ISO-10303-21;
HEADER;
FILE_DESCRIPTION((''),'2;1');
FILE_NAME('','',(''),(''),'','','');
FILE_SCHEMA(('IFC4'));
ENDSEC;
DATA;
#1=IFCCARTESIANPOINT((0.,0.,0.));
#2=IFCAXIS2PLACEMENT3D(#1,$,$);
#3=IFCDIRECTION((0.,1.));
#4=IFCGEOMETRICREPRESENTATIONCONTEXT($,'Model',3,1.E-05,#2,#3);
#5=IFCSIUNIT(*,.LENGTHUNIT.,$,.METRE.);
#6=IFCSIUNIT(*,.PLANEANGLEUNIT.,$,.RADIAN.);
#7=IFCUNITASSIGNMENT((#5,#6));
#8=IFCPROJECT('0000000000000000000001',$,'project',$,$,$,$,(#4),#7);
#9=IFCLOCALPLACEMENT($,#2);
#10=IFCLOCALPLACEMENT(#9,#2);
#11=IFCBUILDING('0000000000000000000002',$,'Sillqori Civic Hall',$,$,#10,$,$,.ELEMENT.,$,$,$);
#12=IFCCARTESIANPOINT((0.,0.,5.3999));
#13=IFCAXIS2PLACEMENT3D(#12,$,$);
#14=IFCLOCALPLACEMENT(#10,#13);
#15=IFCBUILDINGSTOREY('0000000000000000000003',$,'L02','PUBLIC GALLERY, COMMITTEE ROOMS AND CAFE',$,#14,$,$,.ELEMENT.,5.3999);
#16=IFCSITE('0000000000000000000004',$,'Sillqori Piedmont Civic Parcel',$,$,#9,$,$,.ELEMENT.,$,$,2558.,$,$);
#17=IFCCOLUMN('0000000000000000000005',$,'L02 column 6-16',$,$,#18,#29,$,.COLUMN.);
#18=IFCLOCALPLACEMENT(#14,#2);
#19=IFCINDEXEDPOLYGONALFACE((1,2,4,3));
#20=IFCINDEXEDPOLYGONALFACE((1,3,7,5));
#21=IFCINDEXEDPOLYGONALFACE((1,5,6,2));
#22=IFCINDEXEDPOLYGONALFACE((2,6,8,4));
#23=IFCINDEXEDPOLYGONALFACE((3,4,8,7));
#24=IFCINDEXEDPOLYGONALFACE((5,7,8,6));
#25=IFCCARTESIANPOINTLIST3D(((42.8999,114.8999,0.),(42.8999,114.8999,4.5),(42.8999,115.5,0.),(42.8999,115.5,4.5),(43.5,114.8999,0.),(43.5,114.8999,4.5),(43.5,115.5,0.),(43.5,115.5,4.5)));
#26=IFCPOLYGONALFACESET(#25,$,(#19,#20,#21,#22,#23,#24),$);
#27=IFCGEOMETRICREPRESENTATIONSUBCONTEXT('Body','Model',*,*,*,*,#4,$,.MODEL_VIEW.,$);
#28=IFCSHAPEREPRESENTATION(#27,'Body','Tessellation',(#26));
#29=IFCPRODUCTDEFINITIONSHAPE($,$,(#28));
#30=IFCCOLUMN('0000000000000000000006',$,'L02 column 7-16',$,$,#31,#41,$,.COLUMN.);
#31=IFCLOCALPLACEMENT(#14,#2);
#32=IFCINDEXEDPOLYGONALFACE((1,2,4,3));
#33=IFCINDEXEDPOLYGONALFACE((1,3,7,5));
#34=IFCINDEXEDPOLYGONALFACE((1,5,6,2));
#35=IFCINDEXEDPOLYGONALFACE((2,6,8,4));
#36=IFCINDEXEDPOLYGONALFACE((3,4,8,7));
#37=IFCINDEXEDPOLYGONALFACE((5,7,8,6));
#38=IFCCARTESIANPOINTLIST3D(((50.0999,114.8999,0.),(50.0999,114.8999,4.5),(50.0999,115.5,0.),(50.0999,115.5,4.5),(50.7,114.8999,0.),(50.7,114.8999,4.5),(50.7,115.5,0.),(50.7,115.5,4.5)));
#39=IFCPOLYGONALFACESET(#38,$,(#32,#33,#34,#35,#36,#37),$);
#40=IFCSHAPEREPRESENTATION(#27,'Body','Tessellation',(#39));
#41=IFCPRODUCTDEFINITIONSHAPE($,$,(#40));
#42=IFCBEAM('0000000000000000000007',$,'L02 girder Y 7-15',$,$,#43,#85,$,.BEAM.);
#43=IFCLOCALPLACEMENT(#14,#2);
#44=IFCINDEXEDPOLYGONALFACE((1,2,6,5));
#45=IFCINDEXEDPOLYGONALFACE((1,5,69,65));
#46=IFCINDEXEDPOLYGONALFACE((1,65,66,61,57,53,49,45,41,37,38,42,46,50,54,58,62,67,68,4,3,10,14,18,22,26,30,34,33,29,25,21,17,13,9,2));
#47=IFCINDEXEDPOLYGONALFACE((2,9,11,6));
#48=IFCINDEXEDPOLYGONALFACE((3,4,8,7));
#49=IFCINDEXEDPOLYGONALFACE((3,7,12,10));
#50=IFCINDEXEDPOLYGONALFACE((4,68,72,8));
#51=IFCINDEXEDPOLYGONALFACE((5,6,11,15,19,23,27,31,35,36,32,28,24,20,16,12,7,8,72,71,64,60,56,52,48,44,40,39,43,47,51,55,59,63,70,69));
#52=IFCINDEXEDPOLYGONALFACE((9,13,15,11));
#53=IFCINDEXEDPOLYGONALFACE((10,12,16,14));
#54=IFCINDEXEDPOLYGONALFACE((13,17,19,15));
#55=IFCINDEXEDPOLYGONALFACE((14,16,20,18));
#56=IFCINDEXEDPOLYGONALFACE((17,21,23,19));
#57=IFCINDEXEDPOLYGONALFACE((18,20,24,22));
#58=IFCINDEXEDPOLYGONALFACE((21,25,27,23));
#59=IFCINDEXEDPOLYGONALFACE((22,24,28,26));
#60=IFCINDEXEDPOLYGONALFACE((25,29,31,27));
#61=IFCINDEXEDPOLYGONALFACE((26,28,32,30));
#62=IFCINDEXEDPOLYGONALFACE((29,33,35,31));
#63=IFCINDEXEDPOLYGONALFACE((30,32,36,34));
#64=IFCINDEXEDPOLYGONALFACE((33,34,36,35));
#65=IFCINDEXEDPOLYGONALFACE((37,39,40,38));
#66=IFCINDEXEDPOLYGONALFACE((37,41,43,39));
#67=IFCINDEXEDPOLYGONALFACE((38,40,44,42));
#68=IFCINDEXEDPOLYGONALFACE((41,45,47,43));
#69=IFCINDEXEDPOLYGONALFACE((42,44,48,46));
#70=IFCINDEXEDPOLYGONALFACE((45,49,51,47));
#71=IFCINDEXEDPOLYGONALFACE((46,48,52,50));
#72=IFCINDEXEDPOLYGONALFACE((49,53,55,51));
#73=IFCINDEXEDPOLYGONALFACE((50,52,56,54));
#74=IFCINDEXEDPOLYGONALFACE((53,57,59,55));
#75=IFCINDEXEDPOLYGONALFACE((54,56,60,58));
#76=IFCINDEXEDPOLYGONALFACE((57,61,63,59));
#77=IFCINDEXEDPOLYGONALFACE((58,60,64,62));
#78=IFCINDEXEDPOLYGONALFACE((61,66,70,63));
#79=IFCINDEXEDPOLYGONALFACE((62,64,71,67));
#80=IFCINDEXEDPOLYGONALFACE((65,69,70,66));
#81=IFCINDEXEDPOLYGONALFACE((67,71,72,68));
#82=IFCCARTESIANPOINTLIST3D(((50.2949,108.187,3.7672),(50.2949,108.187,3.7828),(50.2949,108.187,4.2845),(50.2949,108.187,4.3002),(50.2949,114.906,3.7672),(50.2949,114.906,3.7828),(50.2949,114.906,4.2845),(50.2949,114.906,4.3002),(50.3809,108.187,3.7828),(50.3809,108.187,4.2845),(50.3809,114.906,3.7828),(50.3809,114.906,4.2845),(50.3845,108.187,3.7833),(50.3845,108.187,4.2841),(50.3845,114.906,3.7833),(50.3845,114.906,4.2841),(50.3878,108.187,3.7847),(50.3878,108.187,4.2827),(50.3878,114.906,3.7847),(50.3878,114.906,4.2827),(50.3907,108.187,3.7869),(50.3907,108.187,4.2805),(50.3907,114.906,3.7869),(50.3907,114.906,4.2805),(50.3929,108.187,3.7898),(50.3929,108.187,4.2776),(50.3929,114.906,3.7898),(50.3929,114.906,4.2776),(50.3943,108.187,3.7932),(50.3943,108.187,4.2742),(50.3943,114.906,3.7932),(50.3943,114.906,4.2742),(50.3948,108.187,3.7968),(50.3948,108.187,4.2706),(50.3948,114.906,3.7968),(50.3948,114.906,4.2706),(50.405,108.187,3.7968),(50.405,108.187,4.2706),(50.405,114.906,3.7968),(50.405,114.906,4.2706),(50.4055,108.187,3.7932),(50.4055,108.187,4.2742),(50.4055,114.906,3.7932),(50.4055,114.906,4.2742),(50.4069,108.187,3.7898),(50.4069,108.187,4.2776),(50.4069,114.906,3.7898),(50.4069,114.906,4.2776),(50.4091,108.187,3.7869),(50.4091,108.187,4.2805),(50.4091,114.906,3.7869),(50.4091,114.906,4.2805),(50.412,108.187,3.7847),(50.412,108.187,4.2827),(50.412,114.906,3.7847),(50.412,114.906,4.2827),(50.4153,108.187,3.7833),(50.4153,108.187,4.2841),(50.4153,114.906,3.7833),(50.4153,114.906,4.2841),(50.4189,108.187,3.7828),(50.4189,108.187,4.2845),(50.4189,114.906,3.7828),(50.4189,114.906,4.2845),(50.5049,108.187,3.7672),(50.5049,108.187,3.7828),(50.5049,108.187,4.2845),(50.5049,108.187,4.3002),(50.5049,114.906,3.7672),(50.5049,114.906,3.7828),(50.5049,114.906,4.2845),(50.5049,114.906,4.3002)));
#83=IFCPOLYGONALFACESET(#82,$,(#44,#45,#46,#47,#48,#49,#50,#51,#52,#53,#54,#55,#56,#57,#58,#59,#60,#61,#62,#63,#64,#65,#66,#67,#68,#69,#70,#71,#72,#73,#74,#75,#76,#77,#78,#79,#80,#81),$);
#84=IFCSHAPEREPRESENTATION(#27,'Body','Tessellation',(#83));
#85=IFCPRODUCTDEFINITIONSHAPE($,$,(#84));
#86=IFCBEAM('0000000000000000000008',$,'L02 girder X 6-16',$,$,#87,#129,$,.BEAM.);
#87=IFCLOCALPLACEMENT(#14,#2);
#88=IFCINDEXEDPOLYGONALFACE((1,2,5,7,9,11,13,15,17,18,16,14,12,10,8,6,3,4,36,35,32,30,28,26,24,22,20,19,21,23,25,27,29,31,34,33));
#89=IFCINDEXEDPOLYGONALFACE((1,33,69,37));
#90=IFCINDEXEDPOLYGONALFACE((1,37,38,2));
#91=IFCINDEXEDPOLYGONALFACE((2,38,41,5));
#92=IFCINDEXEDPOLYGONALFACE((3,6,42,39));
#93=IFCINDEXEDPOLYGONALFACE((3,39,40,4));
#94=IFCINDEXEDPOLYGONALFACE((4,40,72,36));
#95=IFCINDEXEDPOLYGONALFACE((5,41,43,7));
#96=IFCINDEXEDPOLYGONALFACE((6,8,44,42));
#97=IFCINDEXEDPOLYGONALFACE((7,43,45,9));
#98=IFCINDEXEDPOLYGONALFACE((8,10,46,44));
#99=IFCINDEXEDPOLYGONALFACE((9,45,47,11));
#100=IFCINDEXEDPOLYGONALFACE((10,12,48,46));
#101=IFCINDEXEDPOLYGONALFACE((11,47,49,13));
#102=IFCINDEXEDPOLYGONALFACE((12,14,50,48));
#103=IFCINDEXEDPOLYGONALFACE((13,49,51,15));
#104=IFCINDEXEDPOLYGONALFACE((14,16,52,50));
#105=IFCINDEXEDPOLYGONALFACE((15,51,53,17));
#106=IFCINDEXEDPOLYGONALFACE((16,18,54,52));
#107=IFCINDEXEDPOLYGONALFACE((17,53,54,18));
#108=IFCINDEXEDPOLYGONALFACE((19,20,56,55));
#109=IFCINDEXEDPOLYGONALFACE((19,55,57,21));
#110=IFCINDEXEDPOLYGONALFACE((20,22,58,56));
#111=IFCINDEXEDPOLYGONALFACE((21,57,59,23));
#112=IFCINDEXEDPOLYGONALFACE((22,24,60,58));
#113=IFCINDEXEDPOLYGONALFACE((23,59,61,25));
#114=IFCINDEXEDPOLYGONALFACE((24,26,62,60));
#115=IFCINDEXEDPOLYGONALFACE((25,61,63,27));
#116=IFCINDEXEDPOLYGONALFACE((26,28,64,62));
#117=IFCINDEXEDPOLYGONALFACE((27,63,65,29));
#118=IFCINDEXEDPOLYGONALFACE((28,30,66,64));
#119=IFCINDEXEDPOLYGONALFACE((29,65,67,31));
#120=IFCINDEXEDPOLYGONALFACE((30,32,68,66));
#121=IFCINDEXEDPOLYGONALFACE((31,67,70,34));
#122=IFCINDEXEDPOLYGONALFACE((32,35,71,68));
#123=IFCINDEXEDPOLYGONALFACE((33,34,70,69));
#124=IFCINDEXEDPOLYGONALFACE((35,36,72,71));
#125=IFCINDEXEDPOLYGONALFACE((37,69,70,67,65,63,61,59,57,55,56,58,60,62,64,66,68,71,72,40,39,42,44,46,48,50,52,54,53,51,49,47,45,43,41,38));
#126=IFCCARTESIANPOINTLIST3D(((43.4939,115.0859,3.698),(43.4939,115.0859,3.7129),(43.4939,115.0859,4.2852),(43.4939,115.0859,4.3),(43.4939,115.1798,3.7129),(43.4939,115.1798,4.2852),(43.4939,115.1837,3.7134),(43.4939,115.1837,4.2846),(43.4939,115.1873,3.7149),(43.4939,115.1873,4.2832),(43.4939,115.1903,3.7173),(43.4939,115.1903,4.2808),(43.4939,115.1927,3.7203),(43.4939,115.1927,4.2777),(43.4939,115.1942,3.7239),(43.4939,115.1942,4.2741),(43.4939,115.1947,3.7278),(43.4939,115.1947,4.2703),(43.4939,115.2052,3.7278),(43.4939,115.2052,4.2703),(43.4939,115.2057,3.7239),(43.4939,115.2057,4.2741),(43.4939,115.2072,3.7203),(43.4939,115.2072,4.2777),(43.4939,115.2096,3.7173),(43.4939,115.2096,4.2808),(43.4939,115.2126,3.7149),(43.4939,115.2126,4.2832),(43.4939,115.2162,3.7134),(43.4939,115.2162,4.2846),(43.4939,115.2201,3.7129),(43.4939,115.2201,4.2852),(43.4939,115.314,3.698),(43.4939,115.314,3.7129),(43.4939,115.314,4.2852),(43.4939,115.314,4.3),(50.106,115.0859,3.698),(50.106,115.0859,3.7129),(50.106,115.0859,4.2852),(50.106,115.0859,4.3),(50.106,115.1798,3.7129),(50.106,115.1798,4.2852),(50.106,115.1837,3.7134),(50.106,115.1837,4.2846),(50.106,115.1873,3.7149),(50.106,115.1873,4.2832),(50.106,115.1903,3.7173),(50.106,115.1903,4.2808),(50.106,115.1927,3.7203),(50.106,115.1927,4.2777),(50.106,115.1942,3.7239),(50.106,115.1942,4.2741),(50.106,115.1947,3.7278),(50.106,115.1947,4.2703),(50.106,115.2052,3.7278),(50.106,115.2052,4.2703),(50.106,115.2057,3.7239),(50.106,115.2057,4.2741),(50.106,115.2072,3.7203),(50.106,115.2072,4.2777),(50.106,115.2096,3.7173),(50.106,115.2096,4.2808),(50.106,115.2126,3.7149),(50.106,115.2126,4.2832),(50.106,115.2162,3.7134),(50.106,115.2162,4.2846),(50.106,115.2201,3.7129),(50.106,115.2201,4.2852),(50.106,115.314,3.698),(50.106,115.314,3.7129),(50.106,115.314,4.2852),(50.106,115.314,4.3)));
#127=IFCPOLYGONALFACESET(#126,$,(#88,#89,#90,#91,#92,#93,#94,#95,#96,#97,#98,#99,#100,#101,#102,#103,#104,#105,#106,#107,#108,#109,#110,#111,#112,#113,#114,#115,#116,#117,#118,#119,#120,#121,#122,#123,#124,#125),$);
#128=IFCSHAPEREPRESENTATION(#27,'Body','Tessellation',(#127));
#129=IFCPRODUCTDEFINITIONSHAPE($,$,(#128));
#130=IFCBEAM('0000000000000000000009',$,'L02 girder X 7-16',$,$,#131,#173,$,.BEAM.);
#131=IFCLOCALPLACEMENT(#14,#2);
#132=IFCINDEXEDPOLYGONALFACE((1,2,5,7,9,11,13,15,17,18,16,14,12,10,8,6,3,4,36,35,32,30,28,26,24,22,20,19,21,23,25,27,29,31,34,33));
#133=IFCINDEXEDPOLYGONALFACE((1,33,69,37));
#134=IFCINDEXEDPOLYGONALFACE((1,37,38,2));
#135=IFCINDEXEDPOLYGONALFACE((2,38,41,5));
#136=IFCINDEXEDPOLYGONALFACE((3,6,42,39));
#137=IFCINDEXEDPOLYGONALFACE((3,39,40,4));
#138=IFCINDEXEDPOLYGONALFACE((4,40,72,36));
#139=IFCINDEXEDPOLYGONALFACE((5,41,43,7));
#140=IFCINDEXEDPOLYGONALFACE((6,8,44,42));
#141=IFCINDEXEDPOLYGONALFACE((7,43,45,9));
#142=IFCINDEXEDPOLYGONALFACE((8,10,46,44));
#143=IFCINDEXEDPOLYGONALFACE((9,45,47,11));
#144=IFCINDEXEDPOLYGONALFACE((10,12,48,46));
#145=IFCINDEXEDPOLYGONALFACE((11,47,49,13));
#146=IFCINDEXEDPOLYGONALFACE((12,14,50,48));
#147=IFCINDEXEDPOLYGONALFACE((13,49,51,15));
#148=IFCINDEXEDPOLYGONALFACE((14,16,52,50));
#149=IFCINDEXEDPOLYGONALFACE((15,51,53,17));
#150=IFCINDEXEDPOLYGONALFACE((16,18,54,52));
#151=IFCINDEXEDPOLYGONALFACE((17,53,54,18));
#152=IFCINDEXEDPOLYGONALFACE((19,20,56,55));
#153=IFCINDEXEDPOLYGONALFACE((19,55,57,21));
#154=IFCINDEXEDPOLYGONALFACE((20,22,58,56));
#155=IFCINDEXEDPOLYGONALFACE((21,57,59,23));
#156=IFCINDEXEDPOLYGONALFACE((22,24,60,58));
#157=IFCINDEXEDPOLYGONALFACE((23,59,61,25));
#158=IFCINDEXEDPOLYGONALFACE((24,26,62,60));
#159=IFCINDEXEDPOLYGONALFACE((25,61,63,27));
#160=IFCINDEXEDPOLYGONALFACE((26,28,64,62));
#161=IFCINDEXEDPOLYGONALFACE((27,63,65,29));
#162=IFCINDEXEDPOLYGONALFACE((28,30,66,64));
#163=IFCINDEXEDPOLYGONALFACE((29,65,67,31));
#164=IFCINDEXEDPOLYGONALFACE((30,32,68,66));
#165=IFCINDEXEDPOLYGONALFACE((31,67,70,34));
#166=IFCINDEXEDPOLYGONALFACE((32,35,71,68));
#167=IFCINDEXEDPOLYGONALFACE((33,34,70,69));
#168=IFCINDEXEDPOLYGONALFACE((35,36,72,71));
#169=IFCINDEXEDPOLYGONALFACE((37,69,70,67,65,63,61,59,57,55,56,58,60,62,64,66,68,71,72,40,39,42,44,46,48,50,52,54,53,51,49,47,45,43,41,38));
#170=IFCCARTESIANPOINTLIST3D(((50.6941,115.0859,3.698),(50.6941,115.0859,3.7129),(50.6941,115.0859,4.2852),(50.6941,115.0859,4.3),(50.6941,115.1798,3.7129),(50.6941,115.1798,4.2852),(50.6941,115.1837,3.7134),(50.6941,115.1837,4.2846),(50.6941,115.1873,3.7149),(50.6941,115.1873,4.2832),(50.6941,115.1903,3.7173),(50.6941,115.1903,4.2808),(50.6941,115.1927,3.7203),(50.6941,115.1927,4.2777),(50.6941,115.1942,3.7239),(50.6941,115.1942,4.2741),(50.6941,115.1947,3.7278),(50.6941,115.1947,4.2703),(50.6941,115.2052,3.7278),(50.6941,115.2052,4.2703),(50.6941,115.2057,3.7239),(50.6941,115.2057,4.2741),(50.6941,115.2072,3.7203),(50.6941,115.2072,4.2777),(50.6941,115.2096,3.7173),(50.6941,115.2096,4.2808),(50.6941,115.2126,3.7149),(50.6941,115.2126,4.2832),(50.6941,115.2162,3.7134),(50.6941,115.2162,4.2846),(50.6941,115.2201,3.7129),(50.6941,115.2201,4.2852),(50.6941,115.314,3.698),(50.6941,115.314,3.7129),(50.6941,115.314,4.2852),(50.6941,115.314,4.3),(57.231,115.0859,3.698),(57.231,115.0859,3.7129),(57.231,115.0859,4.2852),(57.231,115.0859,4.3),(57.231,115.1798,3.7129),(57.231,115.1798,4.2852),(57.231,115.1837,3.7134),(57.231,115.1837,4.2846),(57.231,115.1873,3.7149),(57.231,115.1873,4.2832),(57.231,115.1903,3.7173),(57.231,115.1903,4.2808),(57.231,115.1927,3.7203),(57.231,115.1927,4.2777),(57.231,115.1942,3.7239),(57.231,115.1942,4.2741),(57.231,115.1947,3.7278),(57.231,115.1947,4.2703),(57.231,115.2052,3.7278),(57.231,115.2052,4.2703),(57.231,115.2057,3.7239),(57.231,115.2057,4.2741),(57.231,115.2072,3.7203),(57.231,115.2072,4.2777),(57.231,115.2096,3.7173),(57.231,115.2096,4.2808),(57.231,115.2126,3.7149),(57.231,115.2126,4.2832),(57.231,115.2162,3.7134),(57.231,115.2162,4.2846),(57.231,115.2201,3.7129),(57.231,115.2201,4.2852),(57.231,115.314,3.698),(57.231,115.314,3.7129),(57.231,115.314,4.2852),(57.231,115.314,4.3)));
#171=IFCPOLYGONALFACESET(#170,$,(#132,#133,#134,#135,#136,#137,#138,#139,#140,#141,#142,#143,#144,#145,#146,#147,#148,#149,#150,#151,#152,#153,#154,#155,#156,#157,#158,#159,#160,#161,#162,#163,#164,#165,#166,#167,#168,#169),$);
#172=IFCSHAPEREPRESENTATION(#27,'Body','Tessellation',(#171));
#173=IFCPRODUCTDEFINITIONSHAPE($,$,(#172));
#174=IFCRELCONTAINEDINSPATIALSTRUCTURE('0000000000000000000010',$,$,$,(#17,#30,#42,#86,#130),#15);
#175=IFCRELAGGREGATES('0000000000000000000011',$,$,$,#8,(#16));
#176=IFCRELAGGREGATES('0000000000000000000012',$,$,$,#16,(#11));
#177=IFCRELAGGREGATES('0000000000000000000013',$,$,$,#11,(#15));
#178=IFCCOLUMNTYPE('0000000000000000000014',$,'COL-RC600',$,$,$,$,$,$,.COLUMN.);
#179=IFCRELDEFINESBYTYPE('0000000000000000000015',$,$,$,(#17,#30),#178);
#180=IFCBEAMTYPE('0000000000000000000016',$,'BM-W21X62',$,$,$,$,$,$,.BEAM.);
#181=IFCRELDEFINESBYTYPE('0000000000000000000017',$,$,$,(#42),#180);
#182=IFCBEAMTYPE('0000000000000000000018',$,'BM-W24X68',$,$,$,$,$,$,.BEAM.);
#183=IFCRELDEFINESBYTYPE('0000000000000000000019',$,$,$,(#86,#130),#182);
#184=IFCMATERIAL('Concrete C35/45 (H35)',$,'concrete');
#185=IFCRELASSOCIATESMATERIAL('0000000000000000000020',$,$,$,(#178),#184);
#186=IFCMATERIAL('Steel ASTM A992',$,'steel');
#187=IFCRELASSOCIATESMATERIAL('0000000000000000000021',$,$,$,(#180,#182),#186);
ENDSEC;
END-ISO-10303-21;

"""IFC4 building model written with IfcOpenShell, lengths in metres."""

from ifc_helpers import new_model, si_unit, direction, frame, origin, origin_2d, place, context, subcontext, project, spatial, rectangle, i_section, extrude, material, material_profile, profile_set, type_object, element, save


model = new_model("IFC4")

# Units and contexts
model_context = context("Model", 3, precision=1e-05, world=origin(), true_north=direction((0.0, 1.0)))
body_context = subcontext(model_context, "Body", "Model", "MODEL_VIEW")
ifc_project = project(units=[si_unit("LENGTHUNIT", "METRE"), si_unit("PLANEANGLEUNIT", "RADIAN")], contexts=[model_context])

# Site, building, storey
site_placement = place(None, origin())
site = spatial("IfcSite", under=ifc_project, at=site_placement, Name="Sillqori Piedmont Civic Parcel", CompositionType="ELEMENT", RefElevation=2558.0)
building_placement = place(site_placement, origin())
building = spatial("IfcBuilding", under=site, at=building_placement, Name="Sillqori Civic Hall", CompositionType="ELEMENT")
storey_placement = place(building_placement, frame((0.0, 0.0, 5.3999)))
storey = spatial("IfcBuildingStorey", under=building, at=storey_placement, Name="L02", Description="PUBLIC GALLERY, COMMITTEE ROOMS AND CAFE", CompositionType="ELEMENT", Elevation=5.3999)

# Columns
ifc_material_1 = material(Name="Concrete C35/45 (H35)", Category="concrete")
ifc_material_profile_1 = material_profile(ifc_material_1, rectangle(XDim=0.6001, YDim=0.6001, at=origin_2d()), Name="RC 600x600")
ifc_profile_set_1 = profile_set([ifc_material_profile_1], Name="Concrete C35/45 (H35)")
column_type = type_object("IfcColumnType", Name="COL-RC600", PredefinedType="COLUMN", material=ifc_profile_set_1)
for number, where, z_axis, x_axis, name in (
    (1, (43.2, 115.2, 0.0), (0.0, 0.0, 1.0), (1.0, 0.0, 0.0), "L02 column 6-16"),
    (2, (50.3999, 115.2, 0.0), (0.0, 0.0, 1.0), (1.0, 0.0, 0.0), "L02 column 7-16"),
):
    element("IfcColumn", number, at=place(storey_placement, frame(where, z_axis=z_axis, x_axis=x_axis)), inside=storey, type_object=column_type, Name=name, PredefinedType="COLUMN", context=body_context, shape_type="SweptSolid", body=[
        extrude(rectangle(XDim=0.6001, YDim=0.6001, at=origin_2d()), origin(), (0.0, 0.0, 1.0), 4.5),
    ])

# Beams
ifc_material_2 = material(Name="Steel ASTM A992", Category="steel")
ifc_material_profile_2 = material_profile(ifc_material_2, i_section(OverallWidth=0.21, OverallDepth=0.533, WebThickness=0.0103, FlangeThickness=0.0156, FilletRadius=0.0139, at=origin_2d()), Name="W21X62")
ifc_profile_set_2 = profile_set([ifc_material_profile_2], Name="Steel ASTM A992")
beam_type_1 = type_object("IfcBeamType", Name="BM-W21X62", PredefinedType="BEAM", material=ifc_profile_set_2)
beam_1_placement = place(storey_placement, frame((50.3999, 108.187, 4.0337), z_axis=(0.0, 1.0, 0.0), x_axis=(-1.0, 0.0, 0.0)))
element("IfcBeam", 3, at=beam_1_placement, inside=storey, type_object=beam_type_1, Name="L02 girder Y 7-15", PredefinedType="BEAM", context=body_context, shape_type="SweptSolid", body=[
    extrude(i_section(OverallWidth=0.21, OverallDepth=0.533, WebThickness=0.0103, FlangeThickness=0.0156, FilletRadius=0.0139, at=origin_2d()), origin(), (0.0, 0.0, 1.0), 6.719),
])
ifc_material_profile_3 = material_profile(ifc_material_2, i_section(OverallWidth=0.228, OverallDepth=0.6021, WebThickness=0.0105, FlangeThickness=0.0149, FilletRadius=0.0149, at=origin_2d()), Name="W24X68")
ifc_profile_set_3 = profile_set([ifc_material_profile_3], Name="Steel ASTM A992")
beam_type_2 = type_object("IfcBeamType", Name="BM-W24X68", PredefinedType="BEAM", material=ifc_profile_set_3)
beam_2_placement = place(storey_placement, frame((43.4939, 115.2, 3.999), z_axis=(1.0, 0.0, 0.0), x_axis=(0.0, 1.0, 0.0)))
element("IfcBeam", 4, at=beam_2_placement, inside=storey, type_object=beam_type_2, Name="L02 girder X 6-16", PredefinedType="BEAM", context=body_context, shape_type="SweptSolid", body=[
    extrude(i_section(OverallWidth=0.228, OverallDepth=0.6021, WebThickness=0.0105, FlangeThickness=0.0149, FilletRadius=0.0149, at=origin_2d()), origin(), (0.0, 0.0, 1.0), 6.6121),
])
beam_3_placement = place(storey_placement, frame((50.6941, 115.2, 3.999), z_axis=(1.0, 0.0, 0.0), x_axis=(0.0, 1.0, 0.0)))
element("IfcBeam", 5, at=beam_3_placement, inside=storey, type_object=beam_type_2, Name="L02 girder X 7-16", PredefinedType="BEAM", context=body_context, shape_type="SweptSolid", body=[
    extrude(i_section(OverallWidth=0.228, OverallDepth=0.6021, WebThickness=0.0105, FlangeThickness=0.0149, FilletRadius=0.0149, at=origin_2d()), origin(), (0.0, 0.0, 1.0), 6.5369),
])

save(model, "model.ifc")
